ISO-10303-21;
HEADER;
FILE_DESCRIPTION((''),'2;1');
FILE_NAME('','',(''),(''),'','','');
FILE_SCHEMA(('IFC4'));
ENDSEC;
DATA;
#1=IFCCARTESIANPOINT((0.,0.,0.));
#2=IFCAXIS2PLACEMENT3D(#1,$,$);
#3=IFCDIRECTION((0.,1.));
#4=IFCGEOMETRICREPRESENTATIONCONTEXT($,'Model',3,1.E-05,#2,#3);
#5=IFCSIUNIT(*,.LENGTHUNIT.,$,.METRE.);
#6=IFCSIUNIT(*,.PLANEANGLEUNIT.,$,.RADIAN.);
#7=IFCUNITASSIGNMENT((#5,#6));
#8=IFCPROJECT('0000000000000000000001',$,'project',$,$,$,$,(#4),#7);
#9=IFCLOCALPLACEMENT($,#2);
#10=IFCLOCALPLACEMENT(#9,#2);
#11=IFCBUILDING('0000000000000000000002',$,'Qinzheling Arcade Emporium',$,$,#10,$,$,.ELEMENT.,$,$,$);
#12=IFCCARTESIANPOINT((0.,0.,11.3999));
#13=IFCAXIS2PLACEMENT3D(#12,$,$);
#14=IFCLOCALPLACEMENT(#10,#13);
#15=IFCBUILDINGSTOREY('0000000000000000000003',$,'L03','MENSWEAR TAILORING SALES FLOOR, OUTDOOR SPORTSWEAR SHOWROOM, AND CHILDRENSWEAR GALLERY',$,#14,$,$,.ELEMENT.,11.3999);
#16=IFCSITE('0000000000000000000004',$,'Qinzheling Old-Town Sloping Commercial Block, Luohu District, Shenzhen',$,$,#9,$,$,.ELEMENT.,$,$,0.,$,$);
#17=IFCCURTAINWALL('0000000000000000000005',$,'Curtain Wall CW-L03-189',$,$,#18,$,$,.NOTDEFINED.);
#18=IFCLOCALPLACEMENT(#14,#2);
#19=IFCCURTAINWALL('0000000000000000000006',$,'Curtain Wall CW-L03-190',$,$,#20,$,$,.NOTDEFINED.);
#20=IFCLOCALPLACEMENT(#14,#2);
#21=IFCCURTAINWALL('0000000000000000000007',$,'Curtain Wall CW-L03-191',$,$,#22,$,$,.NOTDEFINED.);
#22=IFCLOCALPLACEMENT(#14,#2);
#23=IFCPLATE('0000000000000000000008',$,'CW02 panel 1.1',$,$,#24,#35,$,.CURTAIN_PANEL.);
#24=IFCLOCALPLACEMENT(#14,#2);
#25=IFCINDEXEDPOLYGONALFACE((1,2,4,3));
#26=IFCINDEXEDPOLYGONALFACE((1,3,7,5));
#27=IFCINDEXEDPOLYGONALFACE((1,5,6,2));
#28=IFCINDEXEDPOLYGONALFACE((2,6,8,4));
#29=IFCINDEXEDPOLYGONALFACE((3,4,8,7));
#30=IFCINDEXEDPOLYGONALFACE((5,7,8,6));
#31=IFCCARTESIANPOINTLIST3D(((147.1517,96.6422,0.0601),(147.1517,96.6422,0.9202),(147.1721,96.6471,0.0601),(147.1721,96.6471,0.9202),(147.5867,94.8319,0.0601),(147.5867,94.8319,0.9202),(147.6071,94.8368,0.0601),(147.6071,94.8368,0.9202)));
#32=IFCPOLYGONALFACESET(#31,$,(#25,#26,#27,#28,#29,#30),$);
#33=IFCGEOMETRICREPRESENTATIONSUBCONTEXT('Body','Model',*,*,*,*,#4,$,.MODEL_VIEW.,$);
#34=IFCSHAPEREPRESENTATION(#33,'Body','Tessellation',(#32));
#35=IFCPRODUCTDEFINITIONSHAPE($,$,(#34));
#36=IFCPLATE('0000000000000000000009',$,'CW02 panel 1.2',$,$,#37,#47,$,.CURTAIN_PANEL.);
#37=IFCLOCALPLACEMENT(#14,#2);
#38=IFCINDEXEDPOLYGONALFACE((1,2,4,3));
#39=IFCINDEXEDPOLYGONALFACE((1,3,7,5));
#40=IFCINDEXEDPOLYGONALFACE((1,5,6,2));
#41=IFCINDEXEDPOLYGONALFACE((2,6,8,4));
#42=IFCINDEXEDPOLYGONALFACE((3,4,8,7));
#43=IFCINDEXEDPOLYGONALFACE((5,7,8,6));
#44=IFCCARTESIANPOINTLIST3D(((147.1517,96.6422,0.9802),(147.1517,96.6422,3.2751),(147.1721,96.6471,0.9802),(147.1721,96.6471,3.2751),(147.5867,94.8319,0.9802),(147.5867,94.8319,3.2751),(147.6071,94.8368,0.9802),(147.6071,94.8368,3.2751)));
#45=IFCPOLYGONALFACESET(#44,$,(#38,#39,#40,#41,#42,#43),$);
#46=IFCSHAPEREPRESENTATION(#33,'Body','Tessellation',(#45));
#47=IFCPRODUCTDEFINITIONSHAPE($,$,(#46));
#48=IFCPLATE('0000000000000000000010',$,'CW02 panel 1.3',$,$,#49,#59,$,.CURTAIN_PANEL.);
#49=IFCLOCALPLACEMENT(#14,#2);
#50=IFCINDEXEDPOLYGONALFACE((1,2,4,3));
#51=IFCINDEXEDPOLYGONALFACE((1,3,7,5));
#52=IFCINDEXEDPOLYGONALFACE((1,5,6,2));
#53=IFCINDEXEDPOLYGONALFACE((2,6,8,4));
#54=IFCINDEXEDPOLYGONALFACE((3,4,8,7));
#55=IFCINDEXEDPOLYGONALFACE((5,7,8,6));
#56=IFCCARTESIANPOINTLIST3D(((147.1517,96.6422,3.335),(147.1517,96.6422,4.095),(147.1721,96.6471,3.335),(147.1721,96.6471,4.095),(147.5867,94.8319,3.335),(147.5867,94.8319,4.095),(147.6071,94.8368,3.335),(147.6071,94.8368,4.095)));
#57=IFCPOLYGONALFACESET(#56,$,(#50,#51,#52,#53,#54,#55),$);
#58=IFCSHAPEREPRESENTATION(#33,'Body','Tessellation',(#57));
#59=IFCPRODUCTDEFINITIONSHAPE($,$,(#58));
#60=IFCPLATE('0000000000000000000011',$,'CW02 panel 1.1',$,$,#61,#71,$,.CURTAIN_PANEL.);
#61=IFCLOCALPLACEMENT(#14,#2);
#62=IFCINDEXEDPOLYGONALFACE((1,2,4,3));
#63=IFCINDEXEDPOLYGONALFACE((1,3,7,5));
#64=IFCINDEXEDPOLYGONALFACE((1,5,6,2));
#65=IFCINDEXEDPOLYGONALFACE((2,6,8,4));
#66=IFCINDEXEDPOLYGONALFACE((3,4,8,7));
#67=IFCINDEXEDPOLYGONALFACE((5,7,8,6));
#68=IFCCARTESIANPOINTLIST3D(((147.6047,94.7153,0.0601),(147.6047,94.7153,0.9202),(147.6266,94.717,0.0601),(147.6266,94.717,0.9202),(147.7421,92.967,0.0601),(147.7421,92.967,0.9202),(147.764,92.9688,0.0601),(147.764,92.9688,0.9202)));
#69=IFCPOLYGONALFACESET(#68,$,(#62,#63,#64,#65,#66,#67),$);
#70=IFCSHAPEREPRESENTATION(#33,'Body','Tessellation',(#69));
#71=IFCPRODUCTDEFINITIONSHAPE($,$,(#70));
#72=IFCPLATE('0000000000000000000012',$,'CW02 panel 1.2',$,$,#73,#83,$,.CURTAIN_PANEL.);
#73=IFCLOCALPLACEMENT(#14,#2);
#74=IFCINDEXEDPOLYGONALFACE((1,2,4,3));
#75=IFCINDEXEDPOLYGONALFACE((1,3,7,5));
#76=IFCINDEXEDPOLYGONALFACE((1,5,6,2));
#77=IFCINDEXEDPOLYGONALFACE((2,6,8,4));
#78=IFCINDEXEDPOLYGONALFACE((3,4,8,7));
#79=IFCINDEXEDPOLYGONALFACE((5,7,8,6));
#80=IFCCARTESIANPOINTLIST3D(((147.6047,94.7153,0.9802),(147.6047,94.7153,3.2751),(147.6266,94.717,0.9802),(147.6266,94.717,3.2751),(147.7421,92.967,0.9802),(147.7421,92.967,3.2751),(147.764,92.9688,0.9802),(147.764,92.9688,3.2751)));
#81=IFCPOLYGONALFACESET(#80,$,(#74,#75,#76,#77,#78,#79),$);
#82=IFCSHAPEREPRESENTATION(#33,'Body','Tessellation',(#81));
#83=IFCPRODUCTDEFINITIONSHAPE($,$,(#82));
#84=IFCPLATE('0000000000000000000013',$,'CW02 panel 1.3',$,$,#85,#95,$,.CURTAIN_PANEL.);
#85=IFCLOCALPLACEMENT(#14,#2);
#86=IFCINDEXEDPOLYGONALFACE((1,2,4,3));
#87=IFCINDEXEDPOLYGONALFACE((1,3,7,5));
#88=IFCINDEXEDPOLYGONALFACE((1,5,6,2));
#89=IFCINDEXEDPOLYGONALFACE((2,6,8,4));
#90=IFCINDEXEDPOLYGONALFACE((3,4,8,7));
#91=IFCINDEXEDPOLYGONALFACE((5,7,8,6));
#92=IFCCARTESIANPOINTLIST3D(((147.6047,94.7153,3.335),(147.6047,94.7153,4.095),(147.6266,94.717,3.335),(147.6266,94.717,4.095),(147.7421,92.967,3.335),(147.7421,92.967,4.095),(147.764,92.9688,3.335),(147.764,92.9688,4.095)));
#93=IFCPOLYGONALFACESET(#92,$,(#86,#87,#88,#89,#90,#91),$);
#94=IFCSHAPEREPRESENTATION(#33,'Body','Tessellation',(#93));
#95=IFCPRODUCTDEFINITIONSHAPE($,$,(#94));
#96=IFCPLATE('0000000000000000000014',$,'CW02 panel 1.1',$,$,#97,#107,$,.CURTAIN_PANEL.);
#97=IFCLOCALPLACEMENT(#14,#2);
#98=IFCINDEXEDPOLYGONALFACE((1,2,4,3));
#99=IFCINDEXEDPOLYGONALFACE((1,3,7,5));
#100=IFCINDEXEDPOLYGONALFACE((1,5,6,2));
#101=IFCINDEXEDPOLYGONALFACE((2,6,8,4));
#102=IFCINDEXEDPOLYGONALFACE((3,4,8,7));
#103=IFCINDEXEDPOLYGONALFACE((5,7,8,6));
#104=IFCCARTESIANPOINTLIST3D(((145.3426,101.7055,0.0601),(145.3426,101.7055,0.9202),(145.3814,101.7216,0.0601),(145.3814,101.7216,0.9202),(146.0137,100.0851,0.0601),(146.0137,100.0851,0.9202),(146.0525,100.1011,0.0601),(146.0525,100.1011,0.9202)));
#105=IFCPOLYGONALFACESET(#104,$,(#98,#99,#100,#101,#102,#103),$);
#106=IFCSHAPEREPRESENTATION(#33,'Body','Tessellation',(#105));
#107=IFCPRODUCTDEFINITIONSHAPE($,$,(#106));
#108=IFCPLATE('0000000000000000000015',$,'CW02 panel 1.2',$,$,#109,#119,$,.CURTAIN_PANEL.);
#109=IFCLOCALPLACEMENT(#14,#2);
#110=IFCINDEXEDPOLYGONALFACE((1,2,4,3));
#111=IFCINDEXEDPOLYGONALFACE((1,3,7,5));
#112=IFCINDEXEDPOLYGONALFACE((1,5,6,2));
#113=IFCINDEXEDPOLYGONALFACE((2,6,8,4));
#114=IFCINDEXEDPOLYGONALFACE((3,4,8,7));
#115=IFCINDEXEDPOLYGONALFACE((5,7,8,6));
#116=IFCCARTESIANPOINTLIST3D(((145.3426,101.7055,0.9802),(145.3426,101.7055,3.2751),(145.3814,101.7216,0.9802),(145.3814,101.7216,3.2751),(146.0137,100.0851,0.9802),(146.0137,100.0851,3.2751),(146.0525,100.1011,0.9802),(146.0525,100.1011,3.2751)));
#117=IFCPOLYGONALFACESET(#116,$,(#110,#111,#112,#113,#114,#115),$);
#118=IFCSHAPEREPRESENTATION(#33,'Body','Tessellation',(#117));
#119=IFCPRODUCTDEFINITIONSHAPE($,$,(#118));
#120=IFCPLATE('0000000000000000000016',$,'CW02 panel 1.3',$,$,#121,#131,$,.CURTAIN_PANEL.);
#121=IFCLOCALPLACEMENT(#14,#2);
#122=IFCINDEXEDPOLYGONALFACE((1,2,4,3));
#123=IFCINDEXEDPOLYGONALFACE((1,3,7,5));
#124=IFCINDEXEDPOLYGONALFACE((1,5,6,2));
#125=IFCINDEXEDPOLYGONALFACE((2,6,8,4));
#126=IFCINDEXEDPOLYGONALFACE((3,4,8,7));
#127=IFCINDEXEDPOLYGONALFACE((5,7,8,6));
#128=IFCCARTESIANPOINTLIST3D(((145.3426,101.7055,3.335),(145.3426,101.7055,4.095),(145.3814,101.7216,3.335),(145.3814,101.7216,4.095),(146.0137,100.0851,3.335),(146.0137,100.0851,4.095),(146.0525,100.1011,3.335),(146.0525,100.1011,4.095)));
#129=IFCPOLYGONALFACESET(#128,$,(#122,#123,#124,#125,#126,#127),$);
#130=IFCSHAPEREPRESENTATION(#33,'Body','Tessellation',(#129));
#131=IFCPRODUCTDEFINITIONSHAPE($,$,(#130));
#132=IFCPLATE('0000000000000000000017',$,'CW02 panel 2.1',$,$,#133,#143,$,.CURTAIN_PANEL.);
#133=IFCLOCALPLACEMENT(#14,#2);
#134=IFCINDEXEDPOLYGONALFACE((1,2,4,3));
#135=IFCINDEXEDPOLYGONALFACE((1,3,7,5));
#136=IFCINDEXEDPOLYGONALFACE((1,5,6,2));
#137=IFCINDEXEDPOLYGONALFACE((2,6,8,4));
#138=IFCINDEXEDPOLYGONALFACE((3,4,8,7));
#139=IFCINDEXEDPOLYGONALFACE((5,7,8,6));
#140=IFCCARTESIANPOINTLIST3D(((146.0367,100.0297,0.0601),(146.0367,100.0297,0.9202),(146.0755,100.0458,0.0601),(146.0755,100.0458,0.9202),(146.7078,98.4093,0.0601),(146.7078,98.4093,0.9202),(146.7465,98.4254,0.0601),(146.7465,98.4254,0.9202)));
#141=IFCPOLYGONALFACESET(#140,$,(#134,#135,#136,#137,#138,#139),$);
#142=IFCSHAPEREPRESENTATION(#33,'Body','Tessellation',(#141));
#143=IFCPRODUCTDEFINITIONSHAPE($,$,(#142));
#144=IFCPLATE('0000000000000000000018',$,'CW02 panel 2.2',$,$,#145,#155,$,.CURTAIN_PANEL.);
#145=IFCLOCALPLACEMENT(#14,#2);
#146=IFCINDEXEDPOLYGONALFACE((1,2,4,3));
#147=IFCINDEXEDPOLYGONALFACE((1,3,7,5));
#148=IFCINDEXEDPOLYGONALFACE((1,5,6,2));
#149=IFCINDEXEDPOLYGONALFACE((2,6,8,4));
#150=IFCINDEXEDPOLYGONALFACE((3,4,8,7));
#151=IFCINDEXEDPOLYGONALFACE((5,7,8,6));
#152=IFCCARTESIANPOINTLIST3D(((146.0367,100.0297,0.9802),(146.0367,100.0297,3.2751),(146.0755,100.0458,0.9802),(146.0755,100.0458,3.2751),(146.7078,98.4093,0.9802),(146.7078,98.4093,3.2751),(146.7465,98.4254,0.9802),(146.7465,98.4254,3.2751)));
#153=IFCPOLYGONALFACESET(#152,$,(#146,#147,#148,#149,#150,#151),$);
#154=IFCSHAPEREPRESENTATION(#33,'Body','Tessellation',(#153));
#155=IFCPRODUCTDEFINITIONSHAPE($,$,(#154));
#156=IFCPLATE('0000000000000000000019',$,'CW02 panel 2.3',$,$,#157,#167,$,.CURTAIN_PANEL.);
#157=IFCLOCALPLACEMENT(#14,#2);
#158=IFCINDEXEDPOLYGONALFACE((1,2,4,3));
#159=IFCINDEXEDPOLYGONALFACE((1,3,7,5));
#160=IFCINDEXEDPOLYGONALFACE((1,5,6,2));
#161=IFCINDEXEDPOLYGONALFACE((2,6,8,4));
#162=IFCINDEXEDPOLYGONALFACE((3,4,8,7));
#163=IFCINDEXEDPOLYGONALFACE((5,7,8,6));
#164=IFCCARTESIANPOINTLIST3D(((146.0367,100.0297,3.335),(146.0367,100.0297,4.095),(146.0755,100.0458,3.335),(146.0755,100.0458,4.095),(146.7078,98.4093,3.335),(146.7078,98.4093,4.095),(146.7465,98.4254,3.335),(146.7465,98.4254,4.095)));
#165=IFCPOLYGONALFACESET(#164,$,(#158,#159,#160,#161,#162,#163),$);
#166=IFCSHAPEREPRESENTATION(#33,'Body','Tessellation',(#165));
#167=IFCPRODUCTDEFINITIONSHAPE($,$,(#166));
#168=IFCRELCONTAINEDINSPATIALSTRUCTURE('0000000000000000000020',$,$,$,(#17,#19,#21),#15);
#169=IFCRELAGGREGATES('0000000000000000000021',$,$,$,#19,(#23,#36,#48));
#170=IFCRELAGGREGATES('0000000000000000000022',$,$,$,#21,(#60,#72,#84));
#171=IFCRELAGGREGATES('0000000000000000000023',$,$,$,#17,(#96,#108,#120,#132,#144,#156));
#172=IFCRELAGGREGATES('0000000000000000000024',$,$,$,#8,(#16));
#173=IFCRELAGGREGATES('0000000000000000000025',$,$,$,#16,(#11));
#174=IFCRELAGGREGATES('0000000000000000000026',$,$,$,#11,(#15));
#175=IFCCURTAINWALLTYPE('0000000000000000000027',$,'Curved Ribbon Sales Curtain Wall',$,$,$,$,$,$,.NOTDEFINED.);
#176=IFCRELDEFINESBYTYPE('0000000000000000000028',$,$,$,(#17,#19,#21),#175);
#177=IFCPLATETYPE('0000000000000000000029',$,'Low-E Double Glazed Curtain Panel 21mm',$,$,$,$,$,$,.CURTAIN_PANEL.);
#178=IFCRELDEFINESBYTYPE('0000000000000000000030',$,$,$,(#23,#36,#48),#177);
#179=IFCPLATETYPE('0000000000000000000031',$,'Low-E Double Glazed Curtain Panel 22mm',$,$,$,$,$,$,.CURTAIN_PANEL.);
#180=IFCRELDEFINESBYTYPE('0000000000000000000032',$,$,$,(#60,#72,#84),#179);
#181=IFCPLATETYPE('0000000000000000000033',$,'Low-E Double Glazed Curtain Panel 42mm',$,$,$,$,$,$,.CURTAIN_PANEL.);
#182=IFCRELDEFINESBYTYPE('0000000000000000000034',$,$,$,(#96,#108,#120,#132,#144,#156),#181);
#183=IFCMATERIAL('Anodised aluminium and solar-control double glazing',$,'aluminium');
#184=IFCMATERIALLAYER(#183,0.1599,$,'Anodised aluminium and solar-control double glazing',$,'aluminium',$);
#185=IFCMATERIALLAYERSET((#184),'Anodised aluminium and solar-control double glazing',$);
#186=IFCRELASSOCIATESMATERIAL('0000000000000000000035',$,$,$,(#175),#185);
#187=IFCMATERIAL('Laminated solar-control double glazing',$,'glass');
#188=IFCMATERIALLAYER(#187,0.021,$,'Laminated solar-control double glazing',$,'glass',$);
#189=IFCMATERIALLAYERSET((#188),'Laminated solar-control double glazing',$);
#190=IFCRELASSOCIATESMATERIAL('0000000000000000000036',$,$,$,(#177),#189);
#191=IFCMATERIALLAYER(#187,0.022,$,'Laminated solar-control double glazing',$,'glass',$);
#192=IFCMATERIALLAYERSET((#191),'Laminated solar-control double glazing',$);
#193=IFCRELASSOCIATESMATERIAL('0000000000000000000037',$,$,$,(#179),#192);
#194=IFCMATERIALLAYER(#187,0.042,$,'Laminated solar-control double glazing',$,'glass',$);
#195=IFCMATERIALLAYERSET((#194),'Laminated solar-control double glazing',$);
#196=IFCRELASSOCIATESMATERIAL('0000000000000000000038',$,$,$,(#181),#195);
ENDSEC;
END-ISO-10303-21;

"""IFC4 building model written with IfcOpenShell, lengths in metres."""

from ifc_helpers import new_model, si_unit, direction, frame, origin, origin_2d, place, context, subcontext, project, spatial, rectangle, extrude, material, layer, layer_set, type_object, element, aggregate, save


model = new_model("IFC4")

# Units and contexts
model_context = context("Model", 3, precision=1e-05, world=origin(), true_north=direction((0.0, 1.0)))
body_context = subcontext(model_context, "Body", "Model", "MODEL_VIEW")
ifc_project = project(units=[si_unit("LENGTHUNIT", "METRE"), si_unit("PLANEANGLEUNIT", "RADIAN")], contexts=[model_context])

# Site, building, storey
site_placement = place(None, origin())
site = spatial("IfcSite", under=ifc_project, at=site_placement, Name="Qinzheling Old-Town Sloping Commercial Block, Luohu District, Shenzhen", CompositionType="ELEMENT", RefElevation=0.0)
building_placement = place(site_placement, origin())
building = spatial("IfcBuilding", under=site, at=building_placement, Name="Qinzheling Arcade Emporium", CompositionType="ELEMENT")
storey_placement = place(building_placement, frame((0.0, 0.0, 11.3999)))
storey = spatial("IfcBuildingStorey", under=building, at=storey_placement, Name="L03", Description="MENSWEAR TAILORING SALES FLOOR, OUTDOOR SPORTSWEAR SHOWROOM, AND CHILDRENSWEAR GALLERY", CompositionType="ELEMENT", Elevation=11.3999)

# Curtain walls
ifc_material_1 = material(Name="Anodised aluminium and solar-control double glazing", Category="aluminium")
ifc_layer_1 = layer(ifc_material_1, 0.1599, Name="Anodised aluminium and solar-control double glazing", Category="aluminium")
ifc_layer_set_1 = layer_set([ifc_layer_1], Name="Anodised aluminium and solar-control double glazing")
curtain_wall_type = type_object("IfcCurtainWallType", Name="Curved Ribbon Sales Curtain Wall", PredefinedType="NOTDEFINED", material=ifc_layer_set_1)
curtain_wall_1_placement = place(storey_placement, origin())
curtain_wall_1 = element("IfcCurtainWall", 1, at=curtain_wall_1_placement, inside=storey, type_object=curtain_wall_type, Name="Curtain Wall CW-L03-189", PredefinedType="NOTDEFINED")
curtain_wall_2_placement = place(storey_placement, origin())
curtain_wall_2 = element("IfcCurtainWall", 2, at=curtain_wall_2_placement, inside=storey, type_object=curtain_wall_type, Name="Curtain Wall CW-L03-190", PredefinedType="NOTDEFINED")
curtain_wall_3_placement = place(storey_placement, origin())
curtain_wall_3 = element("IfcCurtainWall", 3, at=curtain_wall_3_placement, inside=storey, type_object=curtain_wall_type, Name="Curtain Wall CW-L03-191", PredefinedType="NOTDEFINED")

# Plates
ifc_material_2 = material(Name="Laminated solar-control double glazing", Category="glass")
ifc_layer_2 = layer(ifc_material_2, 0.021, Name="Laminated solar-control double glazing", Category="glass")
ifc_layer_set_2 = layer_set([ifc_layer_2], Name="Laminated solar-control double glazing")
plate_type_1 = type_object("IfcPlateType", Name="Low-E Double Glazed Curtain Panel 21mm", PredefinedType="CURTAIN_PANEL", material=ifc_layer_set_2)
plate_1_placement = place(storey_placement, frame((147.3794, 95.7395, 0.0601), z_axis=(0.0, 0.0, 1.0), x_axis=(0.233621, -0.972328, 0.0)))
plate_1 = element("IfcPlate", 4, at=plate_1_placement, type_object=plate_type_1, Name="CW02 panel 1.1", PredefinedType="CURTAIN_PANEL", context=body_context, shape_type="SweptSolid", body=[
    extrude(rectangle(XDim=1.8618, YDim=0.021, at=origin_2d()), origin(), (0.0, 0.0, 1.0), 0.8601),
])
plate_2_placement = place(storey_placement, frame((147.3794, 95.7395, 0.9802), z_axis=(0.0, 0.0, 1.0), x_axis=(0.233621, -0.972328, 0.0)))
plate_2 = element("IfcPlate", 5, at=plate_2_placement, type_object=plate_type_1, Name="CW02 panel 1.2", PredefinedType="CURTAIN_PANEL", context=body_context, shape_type="SweptSolid", body=[
    extrude(rectangle(XDim=1.8618, YDim=0.021, at=origin_2d()), origin(), (0.0, 0.0, 1.0), 2.2949),
])
plate_3_placement = place(storey_placement, frame((147.3794, 95.7395, 3.335), z_axis=(0.0, 0.0, 1.0), x_axis=(0.233621, -0.972328, 0.0)))
plate_3 = element("IfcPlate", 6, at=plate_3_placement, type_object=plate_type_1, Name="CW02 panel 1.3", PredefinedType="CURTAIN_PANEL", context=body_context, shape_type="SweptSolid", body=[
    extrude(rectangle(XDim=1.8618, YDim=0.021, at=origin_2d()), origin(), (0.0, 0.0, 1.0), 0.76),
])
aggregate(curtain_wall_2, [plate_1, plate_2, plate_3])
ifc_layer_3 = layer(ifc_material_2, 0.022, Name="Laminated solar-control double glazing", Category="glass")
ifc_layer_set_3 = layer_set([ifc_layer_3], Name="Laminated solar-control double glazing")
plate_type_2 = type_object("IfcPlateType", Name="Low-E Double Glazed Curtain Panel 22mm", PredefinedType="CURTAIN_PANEL", material=ifc_layer_set_3)
plate_4_placement = place(storey_placement, frame((147.6843, 93.842, 0.0601), z_axis=(0.0, 0.0, 1.0), x_axis=(0.078376, -0.996924, 0.0)))
plate_4 = element("IfcPlate", 7, at=plate_4_placement, type_object=plate_type_2, Name="CW02 panel 1.1", PredefinedType="CURTAIN_PANEL", context=body_context, shape_type="SweptSolid", body=[
    extrude(rectangle(XDim=1.7537, YDim=0.022, at=origin_2d()), origin(), (0.0, 0.0, 1.0), 0.8601),
])
plate_5_placement = place(storey_placement, frame((147.6843, 93.842, 0.9802), z_axis=(0.0, 0.0, 1.0), x_axis=(0.078376, -0.996924, 0.0)))
plate_5 = element("IfcPlate", 8, at=plate_5_placement, type_object=plate_type_2, Name="CW02 panel 1.2", PredefinedType="CURTAIN_PANEL", context=body_context, shape_type="SweptSolid", body=[
    extrude(rectangle(XDim=1.7537, YDim=0.022, at=origin_2d()), origin(), (0.0, 0.0, 1.0), 2.2949),
])
plate_6_placement = place(storey_placement, frame((147.6843, 93.842, 3.335), z_axis=(0.0, 0.0, 1.0), x_axis=(0.078376, -0.996924, 0.0)))
plate_6 = element("IfcPlate", 9, at=plate_6_placement, type_object=plate_type_2, Name="CW02 panel 1.3", PredefinedType="CURTAIN_PANEL", context=body_context, shape_type="SweptSolid", body=[
    extrude(rectangle(XDim=1.7537, YDim=0.022, at=origin_2d()), origin(), (0.0, 0.0, 1.0), 0.76),
])
aggregate(curtain_wall_3, [plate_4, plate_5, plate_6])
ifc_layer_4 = layer(ifc_material_2, 0.042, Name="Laminated solar-control double glazing", Category="glass")
ifc_layer_set_4 = layer_set([ifc_layer_4], Name="Laminated solar-control double glazing")
plate_type_3 = type_object("IfcPlateType", Name="Low-E Double Glazed Curtain Panel 42mm", PredefinedType="CURTAIN_PANEL", material=ifc_layer_set_4)
plate_7_placement = place(storey_placement, frame((145.6975, 100.9033, 0.0601), z_axis=(0.0, 0.0, 1.0), x_axis=(0.382631, -0.923901, 0.0)))
plate_7 = element("IfcPlate", 10, at=plate_7_placement, type_object=plate_type_3, Name="CW02 panel 1.1", PredefinedType="CURTAIN_PANEL", context=body_context, shape_type="SweptSolid", body=[
    extrude(rectangle(XDim=1.7539, YDim=0.042, at=origin_2d()), origin(), (0.0, 0.0, 1.0), 0.8601),
])
plate_8_placement = place(storey_placement, frame((145.6975, 100.9033, 0.9802), z_axis=(0.0, 0.0, 1.0), x_axis=(0.382631, -0.923901, 0.0)))
plate_8 = element("IfcPlate", 11, at=plate_8_placement, type_object=plate_type_3, Name="CW02 panel 1.2", PredefinedType="CURTAIN_PANEL", context=body_context, shape_type="SweptSolid", body=[
    extrude(rectangle(XDim=1.7539, YDim=0.042, at=origin_2d()), origin(), (0.0, 0.0, 1.0), 2.2949),
])
plate_9_placement = place(storey_placement, frame((145.6975, 100.9033, 3.335), z_axis=(0.0, 0.0, 1.0), x_axis=(0.382631, -0.923901, 0.0)))
plate_9 = element("IfcPlate", 12, at=plate_9_placement, type_object=plate_type_3, Name="CW02 panel 1.3", PredefinedType="CURTAIN_PANEL", context=body_context, shape_type="SweptSolid", body=[
    extrude(rectangle(XDim=1.7539, YDim=0.042, at=origin_2d()), origin(), (0.0, 0.0, 1.0), 0.76),
])
plate_10_placement = place(storey_placement, frame((146.3916, 99.2275, 0.0601), z_axis=(0.0, 0.0, 1.0), x_axis=(0.382631, -0.923901, 0.0)))
plate_10 = element("IfcPlate", 13, at=plate_10_placement, type_object=plate_type_3, Name="CW02 panel 2.1", PredefinedType="CURTAIN_PANEL", context=body_context, shape_type="SweptSolid", body=[
    extrude(rectangle(XDim=1.7539, YDim=0.042, at=origin_2d()), origin(), (0.0, 0.0, 1.0), 0.8601),
])
plate_11_placement = place(storey_placement, frame((146.3916, 99.2275, 0.9802), z_axis=(0.0, 0.0, 1.0), x_axis=(0.382631, -0.923901, 0.0)))
plate_11 = element("IfcPlate", 14, at=plate_11_placement, type_object=plate_type_3, Name="CW02 panel 2.2", PredefinedType="CURTAIN_PANEL", context=body_context, shape_type="SweptSolid", body=[
    extrude(rectangle(XDim=1.7539, YDim=0.042, at=origin_2d()), origin(), (0.0, 0.0, 1.0), 2.2949),
])
plate_12_placement = place(storey_placement, frame((146.3916, 99.2275, 3.335), z_axis=(0.0, 0.0, 1.0), x_axis=(0.382631, -0.923901, 0.0)))
plate_12 = element("IfcPlate", 15, at=plate_12_placement, type_object=plate_type_3, Name="CW02 panel 2.3", PredefinedType="CURTAIN_PANEL", context=body_context, shape_type="SweptSolid", body=[
    extrude(rectangle(XDim=1.7539, YDim=0.042, at=origin_2d()), origin(), (0.0, 0.0, 1.0), 0.76),
])
aggregate(curtain_wall_1, [plate_7, plate_8, plate_9, plate_10, plate_11, plate_12])

save(model, "model.ifc")
